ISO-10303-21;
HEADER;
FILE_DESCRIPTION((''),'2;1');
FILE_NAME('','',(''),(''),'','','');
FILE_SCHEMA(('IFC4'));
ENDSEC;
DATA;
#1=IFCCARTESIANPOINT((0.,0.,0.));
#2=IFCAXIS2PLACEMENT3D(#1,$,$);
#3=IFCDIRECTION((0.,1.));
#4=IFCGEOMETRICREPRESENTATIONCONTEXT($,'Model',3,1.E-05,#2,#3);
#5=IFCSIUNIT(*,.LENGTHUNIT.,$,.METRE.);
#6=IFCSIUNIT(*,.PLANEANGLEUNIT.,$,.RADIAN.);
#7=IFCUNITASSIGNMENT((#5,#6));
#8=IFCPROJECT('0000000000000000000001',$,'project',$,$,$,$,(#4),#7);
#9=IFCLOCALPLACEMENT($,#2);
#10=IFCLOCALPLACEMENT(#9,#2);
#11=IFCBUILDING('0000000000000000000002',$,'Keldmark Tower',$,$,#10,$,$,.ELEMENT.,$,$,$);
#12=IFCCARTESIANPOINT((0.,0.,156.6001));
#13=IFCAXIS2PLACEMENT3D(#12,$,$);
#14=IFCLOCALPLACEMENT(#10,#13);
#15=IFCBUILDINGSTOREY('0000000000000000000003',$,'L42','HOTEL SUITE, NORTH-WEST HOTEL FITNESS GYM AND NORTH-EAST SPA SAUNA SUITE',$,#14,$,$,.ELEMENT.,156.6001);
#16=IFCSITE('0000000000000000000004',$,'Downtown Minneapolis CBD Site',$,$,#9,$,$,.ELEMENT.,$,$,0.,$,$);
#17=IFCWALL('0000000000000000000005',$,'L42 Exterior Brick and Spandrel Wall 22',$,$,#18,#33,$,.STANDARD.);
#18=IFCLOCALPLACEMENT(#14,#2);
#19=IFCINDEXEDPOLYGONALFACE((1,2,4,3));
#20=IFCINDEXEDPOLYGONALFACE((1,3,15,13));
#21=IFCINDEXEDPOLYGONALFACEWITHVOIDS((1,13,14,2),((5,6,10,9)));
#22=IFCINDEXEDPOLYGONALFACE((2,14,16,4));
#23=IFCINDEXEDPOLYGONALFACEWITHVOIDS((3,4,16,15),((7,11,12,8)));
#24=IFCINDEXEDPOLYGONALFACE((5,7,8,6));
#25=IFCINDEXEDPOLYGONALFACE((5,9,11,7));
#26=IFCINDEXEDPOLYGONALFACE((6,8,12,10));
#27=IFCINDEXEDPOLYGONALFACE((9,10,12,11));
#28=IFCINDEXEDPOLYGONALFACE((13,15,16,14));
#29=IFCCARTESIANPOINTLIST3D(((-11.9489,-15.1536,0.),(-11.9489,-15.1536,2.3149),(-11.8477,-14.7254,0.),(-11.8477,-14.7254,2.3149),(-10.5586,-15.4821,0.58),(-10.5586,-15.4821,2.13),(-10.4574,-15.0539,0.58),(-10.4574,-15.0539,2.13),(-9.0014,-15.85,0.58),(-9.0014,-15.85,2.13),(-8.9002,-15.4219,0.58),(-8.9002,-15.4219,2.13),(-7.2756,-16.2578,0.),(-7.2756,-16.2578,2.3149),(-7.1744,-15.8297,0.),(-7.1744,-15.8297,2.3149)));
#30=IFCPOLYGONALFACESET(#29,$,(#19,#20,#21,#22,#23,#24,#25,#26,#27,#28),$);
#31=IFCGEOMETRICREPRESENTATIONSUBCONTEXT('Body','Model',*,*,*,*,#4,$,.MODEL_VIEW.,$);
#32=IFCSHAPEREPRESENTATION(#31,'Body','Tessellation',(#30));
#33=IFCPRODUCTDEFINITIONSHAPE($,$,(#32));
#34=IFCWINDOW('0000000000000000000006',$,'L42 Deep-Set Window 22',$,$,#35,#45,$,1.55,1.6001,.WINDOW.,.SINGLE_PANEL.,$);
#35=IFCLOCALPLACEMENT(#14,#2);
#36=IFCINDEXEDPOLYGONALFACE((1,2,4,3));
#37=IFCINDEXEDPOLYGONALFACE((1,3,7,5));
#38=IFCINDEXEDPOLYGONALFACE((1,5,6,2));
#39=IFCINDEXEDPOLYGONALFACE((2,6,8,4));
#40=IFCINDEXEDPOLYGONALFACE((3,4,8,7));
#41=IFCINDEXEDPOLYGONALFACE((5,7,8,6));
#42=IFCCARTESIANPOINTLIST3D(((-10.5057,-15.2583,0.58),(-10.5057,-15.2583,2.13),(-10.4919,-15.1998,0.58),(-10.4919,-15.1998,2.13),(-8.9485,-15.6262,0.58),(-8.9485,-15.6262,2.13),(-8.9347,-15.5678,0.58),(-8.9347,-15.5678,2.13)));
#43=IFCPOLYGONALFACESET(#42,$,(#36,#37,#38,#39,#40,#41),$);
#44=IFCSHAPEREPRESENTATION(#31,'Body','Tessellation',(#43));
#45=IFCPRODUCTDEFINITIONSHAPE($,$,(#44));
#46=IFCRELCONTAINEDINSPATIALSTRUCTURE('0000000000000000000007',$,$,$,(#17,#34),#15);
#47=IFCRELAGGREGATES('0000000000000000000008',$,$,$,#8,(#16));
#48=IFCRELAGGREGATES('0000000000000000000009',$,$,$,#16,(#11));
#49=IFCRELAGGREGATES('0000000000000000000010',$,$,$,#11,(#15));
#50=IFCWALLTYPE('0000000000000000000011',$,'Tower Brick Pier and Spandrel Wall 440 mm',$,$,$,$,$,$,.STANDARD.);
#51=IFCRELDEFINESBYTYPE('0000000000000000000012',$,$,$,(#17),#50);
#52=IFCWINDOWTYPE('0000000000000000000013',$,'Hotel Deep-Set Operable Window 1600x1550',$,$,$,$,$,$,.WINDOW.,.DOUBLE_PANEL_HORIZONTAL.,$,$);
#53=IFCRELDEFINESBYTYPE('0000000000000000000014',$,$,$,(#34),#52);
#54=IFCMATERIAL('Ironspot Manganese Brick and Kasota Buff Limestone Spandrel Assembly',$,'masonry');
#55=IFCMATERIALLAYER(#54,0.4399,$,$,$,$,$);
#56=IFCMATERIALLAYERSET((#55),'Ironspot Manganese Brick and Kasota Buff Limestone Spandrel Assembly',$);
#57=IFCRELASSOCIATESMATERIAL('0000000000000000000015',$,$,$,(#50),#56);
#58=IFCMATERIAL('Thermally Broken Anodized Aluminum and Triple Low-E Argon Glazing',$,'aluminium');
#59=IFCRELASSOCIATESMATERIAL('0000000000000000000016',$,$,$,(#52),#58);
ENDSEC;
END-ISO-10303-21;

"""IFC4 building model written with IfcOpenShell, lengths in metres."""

from ifc_helpers import new_model, si_unit, direction, frame, frame_2d, origin, place, context, subcontext, project, spatial, rectangle, extrude, material, layer, layer_set, type_object, element, fill, save


model = new_model("IFC4")

# Units and contexts
model_context = context("Model", 3, precision=1e-05, world=origin(), true_north=direction((0.0, 1.0)))
body_context = subcontext(model_context, "Body", "Model", "MODEL_VIEW")
ifc_project = project(units=[si_unit("LENGTHUNIT", "METRE"), si_unit("PLANEANGLEUNIT", "RADIAN")], contexts=[model_context])

# Site, building, storey
site_placement = place(None, origin())
site = spatial("IfcSite", under=ifc_project, at=site_placement, Name="Downtown Minneapolis CBD Site", CompositionType="ELEMENT", RefElevation=0.0)
building_placement = place(site_placement, origin())
building = spatial("IfcBuilding", under=site, at=building_placement, Name="Keldmark Tower", CompositionType="ELEMENT")
storey_placement = place(building_placement, frame((0.0, 0.0, 156.6001)))
storey = spatial("IfcBuildingStorey", under=building, at=storey_placement, Name="L42", Description="HOTEL SUITE, NORTH-WEST HOTEL FITNESS GYM AND NORTH-EAST SPA SAUNA SUITE", CompositionType="ELEMENT", Elevation=156.6001)

# Wall, opening, window
ifc_material_1 = material(Name="Ironspot Manganese Brick and Kasota Buff Limestone Spandrel Assembly", Category="masonry")
ifc_layer_1 = layer(ifc_material_1, 0.4399)
ifc_layer_set_1 = layer_set([ifc_layer_1], Name="Ironspot Manganese Brick and Kasota Buff Limestone Spandrel Assembly")
wall_type_1 = type_object("IfcWallType", Name="Tower Brick Pier and Spandrel Wall 440 mm", PredefinedType="STANDARD", material=ifc_layer_set_1)
ifc_material_2 = material(Name="Thermally Broken Anodized Aluminum and Triple Low-E Argon Glazing", Category="aluminium")
window_type = type_object("IfcWindowType", Name="Hotel Deep-Set Operable Window 1600x1550", PartitioningType="DOUBLE_PANEL_HORIZONTAL", PredefinedType="WINDOW", material=ifc_material_2)
wall_1_placement = place(storey_placement, frame((-7.2251, -16.0437, 0.0), z_axis=(0.0, 0.0, 1.0), x_axis=(-0.973201, 0.229955, 0.0)))
wall_1 = element("IfcWall", 1, at=wall_1_placement, inside=storey, type_object=wall_type_1, Name="L42 Exterior Brick and Spandrel Wall 22", PredefinedType="STANDARD", context=body_context, shape_type="SweptSolid", body=[
    extrude(rectangle(XDim=4.802, YDim=0.4399, at=frame_2d((2.4009, 0.0))), origin(), (0.0, 0.0, 1.0), 2.3149),
])
opening_1_placement = place(wall_1_placement, frame((1.7732, 0.0, 0.5801)))
opening_1 = element("IfcOpeningElement", 2, at=opening_1_placement, cuts=wall_1, PredefinedType="OPENING", context=body_context, shape_type="SweptSolid", body=[
    extrude(rectangle(XDim=1.6001, YDim=1.55, at=frame_2d((0.8, 0.7749))), frame((0.0, 0.23, 0.0), z_axis=(0.0, -1.0, 0.0), x_axis=(1.0, 0.0, 0.0)), (0.0, 0.0, 1.0), 0.46),
])
window_1_placement = place(opening_1_placement, origin())
window_1 = element("IfcWindow", 3, at=window_1_placement, inside=storey, type_object=window_type, Name="L42 Deep-Set Window 22", OverallHeight=1.55, OverallWidth=1.6001, PartitioningType="SINGLE_PANEL", PredefinedType="WINDOW", context=body_context, shape_type="SweptSolid", body=[
    extrude(rectangle(XDim=1.6001, YDim=1.55, at=frame_2d((0.8, 0.7749))), frame((0.0, -0.01, 0.0), z_axis=(0.0, -1.0, 0.0), x_axis=(1.0, 0.0, 0.0)), (0.0, 0.0, 1.0), 0.0601),
])
fill(opening_1, window_1)

save(model, "model.ifc")
